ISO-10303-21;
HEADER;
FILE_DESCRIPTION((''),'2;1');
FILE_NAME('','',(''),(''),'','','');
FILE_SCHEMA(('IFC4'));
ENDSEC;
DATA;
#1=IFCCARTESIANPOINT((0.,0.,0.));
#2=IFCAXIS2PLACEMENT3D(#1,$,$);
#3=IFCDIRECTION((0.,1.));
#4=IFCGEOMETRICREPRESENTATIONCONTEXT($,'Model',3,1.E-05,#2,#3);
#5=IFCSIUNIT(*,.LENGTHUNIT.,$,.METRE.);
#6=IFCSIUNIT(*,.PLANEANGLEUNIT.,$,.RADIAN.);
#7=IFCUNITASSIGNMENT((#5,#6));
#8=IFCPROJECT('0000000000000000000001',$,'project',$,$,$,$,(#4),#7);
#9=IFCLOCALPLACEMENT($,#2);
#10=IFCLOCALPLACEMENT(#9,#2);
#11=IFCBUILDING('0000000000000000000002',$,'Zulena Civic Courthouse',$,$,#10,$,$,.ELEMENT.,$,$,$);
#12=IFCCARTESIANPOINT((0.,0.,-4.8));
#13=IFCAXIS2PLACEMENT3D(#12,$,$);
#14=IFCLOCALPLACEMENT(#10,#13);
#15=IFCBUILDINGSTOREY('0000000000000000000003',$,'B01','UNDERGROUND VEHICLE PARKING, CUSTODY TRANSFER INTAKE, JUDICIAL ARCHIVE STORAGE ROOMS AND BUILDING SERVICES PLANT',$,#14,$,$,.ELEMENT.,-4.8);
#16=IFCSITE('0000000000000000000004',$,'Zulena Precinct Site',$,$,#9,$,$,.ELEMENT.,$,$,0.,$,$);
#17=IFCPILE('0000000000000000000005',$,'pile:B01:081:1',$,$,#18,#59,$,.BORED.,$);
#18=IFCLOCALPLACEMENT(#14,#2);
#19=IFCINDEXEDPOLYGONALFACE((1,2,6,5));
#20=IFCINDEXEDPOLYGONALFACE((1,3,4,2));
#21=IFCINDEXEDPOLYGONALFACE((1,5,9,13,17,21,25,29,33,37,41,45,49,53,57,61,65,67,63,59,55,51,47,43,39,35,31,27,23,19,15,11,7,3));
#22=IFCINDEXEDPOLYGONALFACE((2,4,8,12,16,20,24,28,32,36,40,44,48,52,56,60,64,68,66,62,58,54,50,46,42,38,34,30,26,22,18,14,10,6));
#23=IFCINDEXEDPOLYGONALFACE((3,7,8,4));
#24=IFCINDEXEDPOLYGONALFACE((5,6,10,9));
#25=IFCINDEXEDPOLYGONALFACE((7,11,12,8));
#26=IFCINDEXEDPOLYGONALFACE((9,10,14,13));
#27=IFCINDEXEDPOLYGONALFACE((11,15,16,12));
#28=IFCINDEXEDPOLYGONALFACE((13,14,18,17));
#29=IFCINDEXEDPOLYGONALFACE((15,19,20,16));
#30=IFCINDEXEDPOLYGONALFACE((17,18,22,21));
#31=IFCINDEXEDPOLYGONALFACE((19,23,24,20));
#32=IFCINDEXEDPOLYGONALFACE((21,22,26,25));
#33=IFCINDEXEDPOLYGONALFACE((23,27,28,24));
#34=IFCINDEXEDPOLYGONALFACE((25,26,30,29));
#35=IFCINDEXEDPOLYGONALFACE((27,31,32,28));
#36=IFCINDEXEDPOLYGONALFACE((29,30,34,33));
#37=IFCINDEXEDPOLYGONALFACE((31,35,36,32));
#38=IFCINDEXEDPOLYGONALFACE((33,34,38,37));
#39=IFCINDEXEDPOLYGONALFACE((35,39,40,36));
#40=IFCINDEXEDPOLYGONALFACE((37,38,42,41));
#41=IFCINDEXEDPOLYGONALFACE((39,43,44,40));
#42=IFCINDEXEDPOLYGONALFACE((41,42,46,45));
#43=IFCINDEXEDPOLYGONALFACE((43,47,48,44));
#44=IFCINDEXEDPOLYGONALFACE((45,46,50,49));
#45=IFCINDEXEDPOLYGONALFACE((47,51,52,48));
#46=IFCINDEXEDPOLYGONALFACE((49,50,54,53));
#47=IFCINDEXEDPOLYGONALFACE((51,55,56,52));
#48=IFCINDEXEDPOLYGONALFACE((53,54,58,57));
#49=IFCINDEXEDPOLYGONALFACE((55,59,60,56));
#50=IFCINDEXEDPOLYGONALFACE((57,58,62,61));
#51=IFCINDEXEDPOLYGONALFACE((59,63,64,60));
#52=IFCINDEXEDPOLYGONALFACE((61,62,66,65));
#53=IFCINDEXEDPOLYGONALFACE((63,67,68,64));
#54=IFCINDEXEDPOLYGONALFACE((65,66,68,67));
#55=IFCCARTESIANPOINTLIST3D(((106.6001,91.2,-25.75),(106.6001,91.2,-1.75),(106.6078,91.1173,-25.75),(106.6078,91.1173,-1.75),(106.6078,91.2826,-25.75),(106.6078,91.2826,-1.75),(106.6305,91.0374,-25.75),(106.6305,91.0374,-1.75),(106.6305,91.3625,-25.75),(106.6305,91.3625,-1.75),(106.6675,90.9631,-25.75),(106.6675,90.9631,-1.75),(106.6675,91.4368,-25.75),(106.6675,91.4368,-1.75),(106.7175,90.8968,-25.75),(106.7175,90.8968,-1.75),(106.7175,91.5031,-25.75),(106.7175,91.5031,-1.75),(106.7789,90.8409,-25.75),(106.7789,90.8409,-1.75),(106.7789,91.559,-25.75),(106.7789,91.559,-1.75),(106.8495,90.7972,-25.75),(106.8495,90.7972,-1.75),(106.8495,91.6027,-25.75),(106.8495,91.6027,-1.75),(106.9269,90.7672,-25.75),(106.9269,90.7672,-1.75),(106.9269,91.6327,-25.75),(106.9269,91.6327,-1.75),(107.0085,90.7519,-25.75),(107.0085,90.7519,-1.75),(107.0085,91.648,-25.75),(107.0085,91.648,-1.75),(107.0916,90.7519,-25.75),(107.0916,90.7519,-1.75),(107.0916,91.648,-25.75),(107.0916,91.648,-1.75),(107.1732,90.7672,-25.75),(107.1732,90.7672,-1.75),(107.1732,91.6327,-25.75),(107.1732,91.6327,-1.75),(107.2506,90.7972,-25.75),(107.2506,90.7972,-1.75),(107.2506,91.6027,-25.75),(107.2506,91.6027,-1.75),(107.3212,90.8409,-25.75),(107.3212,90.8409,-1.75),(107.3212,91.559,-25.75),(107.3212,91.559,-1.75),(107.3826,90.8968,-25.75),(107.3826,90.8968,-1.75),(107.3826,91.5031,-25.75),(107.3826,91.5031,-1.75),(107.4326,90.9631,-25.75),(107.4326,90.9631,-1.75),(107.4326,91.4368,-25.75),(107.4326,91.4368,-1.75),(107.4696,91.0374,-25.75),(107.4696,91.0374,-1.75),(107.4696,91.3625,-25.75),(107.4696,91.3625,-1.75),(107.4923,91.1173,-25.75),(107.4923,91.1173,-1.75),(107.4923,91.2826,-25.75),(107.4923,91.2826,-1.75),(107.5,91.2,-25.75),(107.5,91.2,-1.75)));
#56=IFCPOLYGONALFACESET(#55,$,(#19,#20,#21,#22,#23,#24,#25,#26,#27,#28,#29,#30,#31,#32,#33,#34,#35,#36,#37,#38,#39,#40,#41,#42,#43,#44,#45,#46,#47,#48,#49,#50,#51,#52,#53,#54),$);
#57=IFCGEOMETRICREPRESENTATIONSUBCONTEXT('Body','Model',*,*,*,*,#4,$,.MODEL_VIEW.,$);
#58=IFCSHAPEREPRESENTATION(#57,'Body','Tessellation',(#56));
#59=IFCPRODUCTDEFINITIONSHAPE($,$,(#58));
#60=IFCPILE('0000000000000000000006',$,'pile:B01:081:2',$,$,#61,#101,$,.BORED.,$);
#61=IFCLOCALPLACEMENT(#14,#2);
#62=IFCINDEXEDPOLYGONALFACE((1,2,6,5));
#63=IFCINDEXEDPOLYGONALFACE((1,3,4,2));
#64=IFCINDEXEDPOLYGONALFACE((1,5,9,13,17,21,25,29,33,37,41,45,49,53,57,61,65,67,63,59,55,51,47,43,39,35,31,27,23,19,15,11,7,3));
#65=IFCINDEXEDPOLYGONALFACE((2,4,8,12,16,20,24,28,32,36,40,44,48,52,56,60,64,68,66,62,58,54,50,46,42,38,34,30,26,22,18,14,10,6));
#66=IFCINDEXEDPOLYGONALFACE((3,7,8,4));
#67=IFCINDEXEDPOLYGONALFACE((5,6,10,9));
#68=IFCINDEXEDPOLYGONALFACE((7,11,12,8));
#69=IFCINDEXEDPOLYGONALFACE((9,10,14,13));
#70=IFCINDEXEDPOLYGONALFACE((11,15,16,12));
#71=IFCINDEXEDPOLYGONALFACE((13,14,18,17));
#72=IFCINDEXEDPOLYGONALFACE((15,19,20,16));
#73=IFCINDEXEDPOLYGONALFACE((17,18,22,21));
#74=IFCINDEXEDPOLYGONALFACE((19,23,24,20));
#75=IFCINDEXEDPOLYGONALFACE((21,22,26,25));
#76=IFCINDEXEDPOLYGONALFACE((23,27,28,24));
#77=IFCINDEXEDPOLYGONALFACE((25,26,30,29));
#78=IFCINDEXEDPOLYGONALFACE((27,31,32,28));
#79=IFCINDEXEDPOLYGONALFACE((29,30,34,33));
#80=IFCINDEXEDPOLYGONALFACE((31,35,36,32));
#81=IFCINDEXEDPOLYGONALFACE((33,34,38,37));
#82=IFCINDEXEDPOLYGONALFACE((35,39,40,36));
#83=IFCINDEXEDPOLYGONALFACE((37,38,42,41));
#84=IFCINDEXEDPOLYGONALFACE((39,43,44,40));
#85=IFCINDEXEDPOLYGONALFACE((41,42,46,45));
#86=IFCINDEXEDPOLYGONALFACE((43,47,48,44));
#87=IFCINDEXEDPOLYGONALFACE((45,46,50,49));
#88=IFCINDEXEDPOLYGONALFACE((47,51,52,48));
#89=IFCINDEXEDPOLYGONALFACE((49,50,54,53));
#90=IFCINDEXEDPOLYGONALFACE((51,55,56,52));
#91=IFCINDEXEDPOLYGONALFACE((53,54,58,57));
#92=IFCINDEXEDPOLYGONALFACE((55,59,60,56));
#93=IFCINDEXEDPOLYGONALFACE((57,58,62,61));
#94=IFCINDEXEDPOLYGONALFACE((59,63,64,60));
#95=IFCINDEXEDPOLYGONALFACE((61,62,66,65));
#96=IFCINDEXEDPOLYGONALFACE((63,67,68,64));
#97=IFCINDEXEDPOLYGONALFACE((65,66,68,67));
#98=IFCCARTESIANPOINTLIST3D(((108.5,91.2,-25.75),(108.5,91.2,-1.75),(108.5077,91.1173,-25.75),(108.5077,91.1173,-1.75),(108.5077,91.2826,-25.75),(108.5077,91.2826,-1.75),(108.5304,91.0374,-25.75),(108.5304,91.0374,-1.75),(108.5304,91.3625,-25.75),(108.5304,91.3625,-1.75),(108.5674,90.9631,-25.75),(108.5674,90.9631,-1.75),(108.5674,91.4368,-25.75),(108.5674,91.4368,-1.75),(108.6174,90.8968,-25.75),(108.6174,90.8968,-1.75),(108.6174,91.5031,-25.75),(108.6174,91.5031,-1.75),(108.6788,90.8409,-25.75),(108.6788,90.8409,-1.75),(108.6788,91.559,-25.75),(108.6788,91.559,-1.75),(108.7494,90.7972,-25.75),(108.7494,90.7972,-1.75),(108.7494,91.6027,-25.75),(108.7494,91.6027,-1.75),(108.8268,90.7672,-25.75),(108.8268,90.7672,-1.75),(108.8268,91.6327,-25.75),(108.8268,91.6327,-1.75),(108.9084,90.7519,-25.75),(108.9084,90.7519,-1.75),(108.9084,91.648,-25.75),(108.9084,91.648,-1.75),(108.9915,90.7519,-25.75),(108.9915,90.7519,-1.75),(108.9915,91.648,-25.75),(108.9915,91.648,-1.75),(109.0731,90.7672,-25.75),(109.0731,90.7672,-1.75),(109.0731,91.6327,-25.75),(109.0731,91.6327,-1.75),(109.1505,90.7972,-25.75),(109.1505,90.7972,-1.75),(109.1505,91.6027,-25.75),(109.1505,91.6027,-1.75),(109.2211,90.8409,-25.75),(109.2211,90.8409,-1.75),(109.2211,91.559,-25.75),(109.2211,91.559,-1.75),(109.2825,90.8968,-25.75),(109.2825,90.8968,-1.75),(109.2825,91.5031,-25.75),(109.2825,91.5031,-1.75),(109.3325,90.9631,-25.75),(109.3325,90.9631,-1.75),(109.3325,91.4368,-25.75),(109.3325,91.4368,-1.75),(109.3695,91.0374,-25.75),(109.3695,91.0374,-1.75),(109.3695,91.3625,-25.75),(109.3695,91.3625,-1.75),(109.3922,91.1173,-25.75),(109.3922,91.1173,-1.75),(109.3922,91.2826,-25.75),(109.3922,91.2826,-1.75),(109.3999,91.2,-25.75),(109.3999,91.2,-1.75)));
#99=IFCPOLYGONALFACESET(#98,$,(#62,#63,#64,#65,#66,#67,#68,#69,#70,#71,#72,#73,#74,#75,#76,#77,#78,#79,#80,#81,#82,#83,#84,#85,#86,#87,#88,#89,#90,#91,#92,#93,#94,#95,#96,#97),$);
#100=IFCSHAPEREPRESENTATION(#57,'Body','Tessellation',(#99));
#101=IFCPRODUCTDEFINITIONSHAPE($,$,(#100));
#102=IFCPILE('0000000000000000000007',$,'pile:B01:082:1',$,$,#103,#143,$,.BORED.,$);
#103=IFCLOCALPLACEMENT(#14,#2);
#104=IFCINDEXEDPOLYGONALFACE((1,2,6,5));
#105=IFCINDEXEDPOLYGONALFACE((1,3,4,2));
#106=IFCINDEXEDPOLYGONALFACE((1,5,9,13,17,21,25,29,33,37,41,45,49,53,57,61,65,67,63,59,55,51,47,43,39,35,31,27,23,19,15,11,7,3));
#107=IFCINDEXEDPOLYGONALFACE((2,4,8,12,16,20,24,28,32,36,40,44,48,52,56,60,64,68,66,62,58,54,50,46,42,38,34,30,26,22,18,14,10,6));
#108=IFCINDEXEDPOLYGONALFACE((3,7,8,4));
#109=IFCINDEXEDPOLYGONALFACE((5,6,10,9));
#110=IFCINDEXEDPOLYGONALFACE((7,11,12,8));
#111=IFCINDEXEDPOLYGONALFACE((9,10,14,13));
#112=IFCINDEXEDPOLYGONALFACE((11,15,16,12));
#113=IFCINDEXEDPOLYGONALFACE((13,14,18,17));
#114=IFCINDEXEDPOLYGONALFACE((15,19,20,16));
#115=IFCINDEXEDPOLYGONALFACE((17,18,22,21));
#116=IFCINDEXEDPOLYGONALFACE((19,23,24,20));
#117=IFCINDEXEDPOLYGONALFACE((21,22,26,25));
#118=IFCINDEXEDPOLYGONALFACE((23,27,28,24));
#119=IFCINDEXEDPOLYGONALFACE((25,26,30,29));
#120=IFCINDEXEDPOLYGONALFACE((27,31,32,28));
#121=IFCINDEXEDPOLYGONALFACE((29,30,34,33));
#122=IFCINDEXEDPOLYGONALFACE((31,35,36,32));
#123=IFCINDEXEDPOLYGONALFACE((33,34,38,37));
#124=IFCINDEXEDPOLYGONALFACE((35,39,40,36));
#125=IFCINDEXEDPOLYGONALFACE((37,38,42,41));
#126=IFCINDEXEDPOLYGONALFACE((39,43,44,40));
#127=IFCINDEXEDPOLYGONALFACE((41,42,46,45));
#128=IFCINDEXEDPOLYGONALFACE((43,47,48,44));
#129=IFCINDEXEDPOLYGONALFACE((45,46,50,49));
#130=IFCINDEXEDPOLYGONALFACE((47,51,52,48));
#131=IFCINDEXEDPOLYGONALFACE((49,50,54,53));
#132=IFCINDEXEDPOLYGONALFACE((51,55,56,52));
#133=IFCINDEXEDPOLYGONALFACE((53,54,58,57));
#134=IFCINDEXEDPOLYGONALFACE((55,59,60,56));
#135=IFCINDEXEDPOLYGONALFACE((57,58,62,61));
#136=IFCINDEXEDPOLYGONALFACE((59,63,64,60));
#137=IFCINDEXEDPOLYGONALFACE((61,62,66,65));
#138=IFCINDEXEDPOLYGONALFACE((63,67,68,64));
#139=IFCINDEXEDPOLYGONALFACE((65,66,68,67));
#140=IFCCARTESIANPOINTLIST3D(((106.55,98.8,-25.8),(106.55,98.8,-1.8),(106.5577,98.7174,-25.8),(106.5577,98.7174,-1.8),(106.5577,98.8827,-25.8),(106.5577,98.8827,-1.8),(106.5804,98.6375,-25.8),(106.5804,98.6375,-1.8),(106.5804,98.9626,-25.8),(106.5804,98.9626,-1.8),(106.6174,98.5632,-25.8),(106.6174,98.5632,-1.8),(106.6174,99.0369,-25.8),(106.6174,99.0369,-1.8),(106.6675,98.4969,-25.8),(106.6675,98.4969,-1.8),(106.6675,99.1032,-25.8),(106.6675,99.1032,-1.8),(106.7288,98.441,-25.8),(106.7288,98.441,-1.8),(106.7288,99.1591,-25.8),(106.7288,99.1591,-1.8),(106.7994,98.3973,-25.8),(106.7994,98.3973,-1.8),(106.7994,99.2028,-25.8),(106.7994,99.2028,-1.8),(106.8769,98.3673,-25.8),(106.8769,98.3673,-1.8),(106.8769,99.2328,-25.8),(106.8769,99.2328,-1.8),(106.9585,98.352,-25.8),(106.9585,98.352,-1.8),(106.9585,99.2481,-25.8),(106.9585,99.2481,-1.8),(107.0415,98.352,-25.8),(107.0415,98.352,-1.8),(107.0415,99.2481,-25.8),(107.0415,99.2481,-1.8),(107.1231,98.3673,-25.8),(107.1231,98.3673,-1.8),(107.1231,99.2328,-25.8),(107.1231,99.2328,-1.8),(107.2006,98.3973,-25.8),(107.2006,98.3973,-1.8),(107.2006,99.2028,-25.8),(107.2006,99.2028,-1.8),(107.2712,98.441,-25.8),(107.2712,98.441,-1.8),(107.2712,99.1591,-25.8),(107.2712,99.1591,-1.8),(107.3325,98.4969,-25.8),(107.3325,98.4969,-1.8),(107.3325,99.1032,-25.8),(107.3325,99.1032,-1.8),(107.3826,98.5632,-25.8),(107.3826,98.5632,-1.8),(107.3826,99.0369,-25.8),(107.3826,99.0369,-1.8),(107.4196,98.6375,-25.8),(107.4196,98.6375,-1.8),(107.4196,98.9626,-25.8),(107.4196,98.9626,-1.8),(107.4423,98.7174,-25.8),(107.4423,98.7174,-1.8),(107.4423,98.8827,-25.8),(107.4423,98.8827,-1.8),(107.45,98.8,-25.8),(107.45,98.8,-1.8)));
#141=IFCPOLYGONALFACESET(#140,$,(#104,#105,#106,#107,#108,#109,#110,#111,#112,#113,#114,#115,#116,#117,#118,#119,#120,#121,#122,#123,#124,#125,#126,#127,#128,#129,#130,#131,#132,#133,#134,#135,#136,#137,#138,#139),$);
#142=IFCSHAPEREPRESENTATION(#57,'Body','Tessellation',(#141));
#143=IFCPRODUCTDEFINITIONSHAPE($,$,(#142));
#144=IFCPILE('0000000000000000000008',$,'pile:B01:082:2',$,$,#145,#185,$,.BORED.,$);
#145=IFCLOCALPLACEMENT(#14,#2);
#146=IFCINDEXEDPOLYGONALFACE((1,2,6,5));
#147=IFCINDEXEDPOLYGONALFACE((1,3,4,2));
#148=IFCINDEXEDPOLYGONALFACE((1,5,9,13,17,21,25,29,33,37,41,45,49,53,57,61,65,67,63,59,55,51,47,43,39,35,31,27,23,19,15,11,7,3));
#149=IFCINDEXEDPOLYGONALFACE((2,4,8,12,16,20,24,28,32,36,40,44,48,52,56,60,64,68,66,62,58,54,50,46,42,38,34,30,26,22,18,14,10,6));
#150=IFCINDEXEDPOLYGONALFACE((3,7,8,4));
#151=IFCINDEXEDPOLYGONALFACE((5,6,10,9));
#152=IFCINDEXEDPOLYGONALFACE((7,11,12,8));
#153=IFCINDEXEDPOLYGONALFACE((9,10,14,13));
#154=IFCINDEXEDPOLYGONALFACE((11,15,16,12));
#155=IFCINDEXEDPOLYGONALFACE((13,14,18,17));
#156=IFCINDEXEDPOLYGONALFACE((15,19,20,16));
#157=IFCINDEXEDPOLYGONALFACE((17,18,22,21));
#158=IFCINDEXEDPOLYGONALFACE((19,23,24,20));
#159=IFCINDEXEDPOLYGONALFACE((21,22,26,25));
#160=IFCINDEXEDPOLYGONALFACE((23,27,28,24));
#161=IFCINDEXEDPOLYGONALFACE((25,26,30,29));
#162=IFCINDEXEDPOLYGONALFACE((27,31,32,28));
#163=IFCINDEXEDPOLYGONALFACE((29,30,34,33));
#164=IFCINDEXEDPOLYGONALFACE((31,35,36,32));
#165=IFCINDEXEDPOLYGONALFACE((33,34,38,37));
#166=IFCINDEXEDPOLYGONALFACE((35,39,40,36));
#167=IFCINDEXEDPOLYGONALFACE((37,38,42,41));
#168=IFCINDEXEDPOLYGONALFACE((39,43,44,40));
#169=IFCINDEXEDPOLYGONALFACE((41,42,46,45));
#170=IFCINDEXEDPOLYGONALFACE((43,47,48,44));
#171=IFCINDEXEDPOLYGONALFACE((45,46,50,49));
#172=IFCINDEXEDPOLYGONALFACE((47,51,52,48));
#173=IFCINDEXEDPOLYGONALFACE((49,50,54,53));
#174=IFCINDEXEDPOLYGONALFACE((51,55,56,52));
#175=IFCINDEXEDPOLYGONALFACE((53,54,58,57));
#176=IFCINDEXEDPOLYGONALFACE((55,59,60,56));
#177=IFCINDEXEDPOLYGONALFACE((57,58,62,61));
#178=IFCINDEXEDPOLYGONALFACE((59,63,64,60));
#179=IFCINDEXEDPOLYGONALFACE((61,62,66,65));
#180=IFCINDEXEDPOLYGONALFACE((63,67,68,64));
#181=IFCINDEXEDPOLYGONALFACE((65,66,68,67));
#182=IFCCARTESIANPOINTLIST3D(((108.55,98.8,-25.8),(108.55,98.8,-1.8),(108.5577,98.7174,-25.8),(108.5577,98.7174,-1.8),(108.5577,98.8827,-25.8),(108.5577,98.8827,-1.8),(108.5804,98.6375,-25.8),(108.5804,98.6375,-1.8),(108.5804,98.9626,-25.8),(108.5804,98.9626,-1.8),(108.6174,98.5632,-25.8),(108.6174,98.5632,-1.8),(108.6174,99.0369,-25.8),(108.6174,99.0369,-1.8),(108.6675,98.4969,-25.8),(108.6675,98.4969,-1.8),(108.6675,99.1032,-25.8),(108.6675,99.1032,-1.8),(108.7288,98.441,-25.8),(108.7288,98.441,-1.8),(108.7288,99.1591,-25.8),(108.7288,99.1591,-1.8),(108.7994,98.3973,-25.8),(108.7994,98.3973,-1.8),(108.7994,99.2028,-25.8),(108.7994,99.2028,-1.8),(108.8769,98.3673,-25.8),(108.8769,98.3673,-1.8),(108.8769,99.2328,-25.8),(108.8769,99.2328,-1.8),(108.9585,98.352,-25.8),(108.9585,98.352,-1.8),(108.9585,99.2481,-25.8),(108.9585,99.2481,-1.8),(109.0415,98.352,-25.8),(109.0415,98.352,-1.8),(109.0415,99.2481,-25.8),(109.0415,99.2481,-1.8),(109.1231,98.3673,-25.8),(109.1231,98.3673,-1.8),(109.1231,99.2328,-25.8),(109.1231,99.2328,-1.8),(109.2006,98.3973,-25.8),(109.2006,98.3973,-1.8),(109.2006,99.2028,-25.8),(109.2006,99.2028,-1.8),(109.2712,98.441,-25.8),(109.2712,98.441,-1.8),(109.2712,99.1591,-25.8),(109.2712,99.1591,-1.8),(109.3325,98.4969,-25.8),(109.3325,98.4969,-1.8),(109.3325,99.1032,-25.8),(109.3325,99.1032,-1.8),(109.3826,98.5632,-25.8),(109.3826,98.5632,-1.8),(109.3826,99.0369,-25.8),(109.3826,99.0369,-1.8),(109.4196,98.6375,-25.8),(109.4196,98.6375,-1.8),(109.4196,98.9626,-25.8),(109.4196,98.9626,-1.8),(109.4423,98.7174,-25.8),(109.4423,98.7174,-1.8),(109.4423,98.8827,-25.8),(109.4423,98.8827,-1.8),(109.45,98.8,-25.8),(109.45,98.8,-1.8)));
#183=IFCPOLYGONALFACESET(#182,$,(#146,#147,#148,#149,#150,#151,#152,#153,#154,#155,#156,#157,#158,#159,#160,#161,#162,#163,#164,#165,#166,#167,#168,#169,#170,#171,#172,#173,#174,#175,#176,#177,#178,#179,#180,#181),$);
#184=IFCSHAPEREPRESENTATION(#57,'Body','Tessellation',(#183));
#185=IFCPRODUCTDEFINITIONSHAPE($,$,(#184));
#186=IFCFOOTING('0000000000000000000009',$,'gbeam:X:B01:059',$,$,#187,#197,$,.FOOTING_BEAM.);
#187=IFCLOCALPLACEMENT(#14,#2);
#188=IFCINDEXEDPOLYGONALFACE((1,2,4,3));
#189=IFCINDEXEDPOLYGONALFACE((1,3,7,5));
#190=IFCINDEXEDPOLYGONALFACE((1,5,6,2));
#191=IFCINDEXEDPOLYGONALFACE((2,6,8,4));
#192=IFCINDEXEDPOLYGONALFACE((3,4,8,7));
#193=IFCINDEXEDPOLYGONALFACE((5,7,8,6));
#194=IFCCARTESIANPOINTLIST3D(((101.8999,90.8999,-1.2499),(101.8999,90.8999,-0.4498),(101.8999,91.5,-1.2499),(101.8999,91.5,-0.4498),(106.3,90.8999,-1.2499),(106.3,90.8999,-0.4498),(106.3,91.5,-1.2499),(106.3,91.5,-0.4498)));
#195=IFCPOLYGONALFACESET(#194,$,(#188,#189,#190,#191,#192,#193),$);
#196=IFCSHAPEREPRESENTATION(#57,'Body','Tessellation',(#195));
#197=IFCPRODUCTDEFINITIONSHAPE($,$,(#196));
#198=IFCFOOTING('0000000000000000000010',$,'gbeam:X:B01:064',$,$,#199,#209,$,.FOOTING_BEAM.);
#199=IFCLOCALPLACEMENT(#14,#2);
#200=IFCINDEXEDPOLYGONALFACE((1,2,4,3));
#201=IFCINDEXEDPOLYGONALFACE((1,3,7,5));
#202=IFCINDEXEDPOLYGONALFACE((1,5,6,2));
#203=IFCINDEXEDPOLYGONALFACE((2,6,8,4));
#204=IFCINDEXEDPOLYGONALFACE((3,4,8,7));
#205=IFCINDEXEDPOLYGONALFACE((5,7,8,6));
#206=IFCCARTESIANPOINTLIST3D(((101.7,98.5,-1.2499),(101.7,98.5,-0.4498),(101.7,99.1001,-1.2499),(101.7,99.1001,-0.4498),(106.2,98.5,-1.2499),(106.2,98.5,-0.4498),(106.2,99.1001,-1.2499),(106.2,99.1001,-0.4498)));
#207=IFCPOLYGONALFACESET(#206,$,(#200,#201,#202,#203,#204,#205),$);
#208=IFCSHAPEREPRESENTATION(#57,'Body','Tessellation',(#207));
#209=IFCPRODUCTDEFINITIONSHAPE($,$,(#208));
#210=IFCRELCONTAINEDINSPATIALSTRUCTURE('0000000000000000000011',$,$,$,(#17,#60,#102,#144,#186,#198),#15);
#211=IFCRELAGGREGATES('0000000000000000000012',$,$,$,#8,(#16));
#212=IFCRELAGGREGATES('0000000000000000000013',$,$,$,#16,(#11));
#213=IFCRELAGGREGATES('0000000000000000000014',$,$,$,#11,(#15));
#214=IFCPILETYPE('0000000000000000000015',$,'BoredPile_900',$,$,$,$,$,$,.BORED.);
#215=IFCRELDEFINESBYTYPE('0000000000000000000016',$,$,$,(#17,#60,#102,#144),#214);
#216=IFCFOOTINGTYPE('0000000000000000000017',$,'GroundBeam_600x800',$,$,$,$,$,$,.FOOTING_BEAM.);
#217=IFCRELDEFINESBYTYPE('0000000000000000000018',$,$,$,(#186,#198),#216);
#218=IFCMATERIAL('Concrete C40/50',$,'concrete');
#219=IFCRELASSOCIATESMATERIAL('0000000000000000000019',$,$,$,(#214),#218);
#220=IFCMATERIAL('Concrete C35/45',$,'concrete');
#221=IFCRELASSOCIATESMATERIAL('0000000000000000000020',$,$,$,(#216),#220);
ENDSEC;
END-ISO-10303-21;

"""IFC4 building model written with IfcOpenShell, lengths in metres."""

from ifc_helpers import new_model, si_unit, direction, frame, origin, origin_2d, place, context, subcontext, project, spatial, rectangle, circle, extrude, material, material_profile, profile_set, type_object, element, save


model = new_model("IFC4")

# Units and contexts
model_context = context("Model", 3, precision=1e-05, world=origin(), true_north=direction((0.0, 1.0)))
body_context = subcontext(model_context, "Body", "Model", "MODEL_VIEW")
ifc_project = project(units=[si_unit("LENGTHUNIT", "METRE"), si_unit("PLANEANGLEUNIT", "RADIAN")], contexts=[model_context])

# Site, building, storey
site_placement = place(None, origin())
site = spatial("IfcSite", under=ifc_project, at=site_placement, Name="Zulena Precinct Site", CompositionType="ELEMENT", RefElevation=0.0)
building_placement = place(site_placement, origin())
building = spatial("IfcBuilding", under=site, at=building_placement, Name="Zulena Civic Courthouse", CompositionType="ELEMENT")
storey_placement = place(building_placement, frame((0.0, 0.0, -4.8)))
storey = spatial("IfcBuildingStorey", under=building, at=storey_placement, Name="B01", Description="UNDERGROUND VEHICLE PARKING, CUSTODY TRANSFER INTAKE, JUDICIAL ARCHIVE STORAGE ROOMS AND BUILDING SERVICES PLANT", CompositionType="ELEMENT", Elevation=-4.8)

# Piles
ifc_material_1 = material(Name="Concrete C40/50", Category="concrete")
ifc_material_profile_1 = material_profile(ifc_material_1, circle(Radius=0.45, at=origin_2d()), Name="PILE900")
ifc_profile_set_1 = profile_set([ifc_material_profile_1], Name="Concrete C40/50")
pile_type_1 = type_object("IfcPileType", Name="BoredPile_900", PredefinedType="BORED", material=ifc_profile_set_1)
for number, where, z_axis, x_axis, name in (
    (1, (107.05, 91.2, -1.75), (0.0, 0.0, -1.0), (1.0, 0.0, 0.0), "pile:B01:081:1"),
    (2, (108.95, 91.2, -1.75), (0.0, 0.0, -1.0), (1.0, 0.0, 0.0), "pile:B01:081:2"),
    (3, (107.0, 98.8, -1.8), (0.0, 0.0, -1.0), (1.0, 0.0, 0.0), "pile:B01:082:1"),
    (4, (109.0, 98.8, -1.8), (0.0, 0.0, -1.0), (1.0, 0.0, 0.0), "pile:B01:082:2"),
):
    element("IfcPile", number, at=place(storey_placement, frame(where, z_axis=z_axis, x_axis=x_axis)), inside=storey, type_object=pile_type_1, Name=name, PredefinedType="BORED", context=body_context, shape_type="SweptSolid", body=[
        extrude(circle(Radius=0.45, at=origin_2d()), origin(), (0.0, 0.0, 1.0), 24.0),
    ])

# Footings
ifc_material_2 = material(Name="Concrete C35/45", Category="concrete")
ifc_material_profile_2 = material_profile(ifc_material_2, rectangle(XDim=0.6001, YDim=0.8, at=origin_2d()), Name="RC600X800")
ifc_profile_set_2 = profile_set([ifc_material_profile_2], Name="Concrete C35/45")
footing_type_1 = type_object("IfcFootingType", Name="GroundBeam_600x800", PredefinedType="FOOTING_BEAM", material=ifc_profile_set_2)
footing_1_placement = place(storey_placement, frame((101.8999, 91.2, -0.8499), z_axis=(1.0, 0.0, 0.0), x_axis=(0.0, 1.0, 0.0)))
element("IfcFooting", 5, at=footing_1_placement, inside=storey, type_object=footing_type_1, Name="gbeam:X:B01:059", PredefinedType="FOOTING_BEAM", context=body_context, shape_type="SweptSolid", body=[
    extrude(rectangle(XDim=0.6001, YDim=0.8, at=origin_2d()), origin(), (0.0, 0.0, 1.0), 4.4001),
])
footing_2_placement = place(storey_placement, frame((101.7, 98.8, -0.8499), z_axis=(1.0, 0.0, 0.0), x_axis=(0.0, 1.0, 0.0)))
element("IfcFooting", 6, at=footing_2_placement, inside=storey, type_object=footing_type_1, Name="gbeam:X:B01:064", PredefinedType="FOOTING_BEAM", context=body_context, shape_type="SweptSolid", body=[
    extrude(rectangle(XDim=0.6001, YDim=0.8, at=origin_2d()), origin(), (0.0, 0.0, 1.0), 4.5),
])

save(model, "model.ifc")
